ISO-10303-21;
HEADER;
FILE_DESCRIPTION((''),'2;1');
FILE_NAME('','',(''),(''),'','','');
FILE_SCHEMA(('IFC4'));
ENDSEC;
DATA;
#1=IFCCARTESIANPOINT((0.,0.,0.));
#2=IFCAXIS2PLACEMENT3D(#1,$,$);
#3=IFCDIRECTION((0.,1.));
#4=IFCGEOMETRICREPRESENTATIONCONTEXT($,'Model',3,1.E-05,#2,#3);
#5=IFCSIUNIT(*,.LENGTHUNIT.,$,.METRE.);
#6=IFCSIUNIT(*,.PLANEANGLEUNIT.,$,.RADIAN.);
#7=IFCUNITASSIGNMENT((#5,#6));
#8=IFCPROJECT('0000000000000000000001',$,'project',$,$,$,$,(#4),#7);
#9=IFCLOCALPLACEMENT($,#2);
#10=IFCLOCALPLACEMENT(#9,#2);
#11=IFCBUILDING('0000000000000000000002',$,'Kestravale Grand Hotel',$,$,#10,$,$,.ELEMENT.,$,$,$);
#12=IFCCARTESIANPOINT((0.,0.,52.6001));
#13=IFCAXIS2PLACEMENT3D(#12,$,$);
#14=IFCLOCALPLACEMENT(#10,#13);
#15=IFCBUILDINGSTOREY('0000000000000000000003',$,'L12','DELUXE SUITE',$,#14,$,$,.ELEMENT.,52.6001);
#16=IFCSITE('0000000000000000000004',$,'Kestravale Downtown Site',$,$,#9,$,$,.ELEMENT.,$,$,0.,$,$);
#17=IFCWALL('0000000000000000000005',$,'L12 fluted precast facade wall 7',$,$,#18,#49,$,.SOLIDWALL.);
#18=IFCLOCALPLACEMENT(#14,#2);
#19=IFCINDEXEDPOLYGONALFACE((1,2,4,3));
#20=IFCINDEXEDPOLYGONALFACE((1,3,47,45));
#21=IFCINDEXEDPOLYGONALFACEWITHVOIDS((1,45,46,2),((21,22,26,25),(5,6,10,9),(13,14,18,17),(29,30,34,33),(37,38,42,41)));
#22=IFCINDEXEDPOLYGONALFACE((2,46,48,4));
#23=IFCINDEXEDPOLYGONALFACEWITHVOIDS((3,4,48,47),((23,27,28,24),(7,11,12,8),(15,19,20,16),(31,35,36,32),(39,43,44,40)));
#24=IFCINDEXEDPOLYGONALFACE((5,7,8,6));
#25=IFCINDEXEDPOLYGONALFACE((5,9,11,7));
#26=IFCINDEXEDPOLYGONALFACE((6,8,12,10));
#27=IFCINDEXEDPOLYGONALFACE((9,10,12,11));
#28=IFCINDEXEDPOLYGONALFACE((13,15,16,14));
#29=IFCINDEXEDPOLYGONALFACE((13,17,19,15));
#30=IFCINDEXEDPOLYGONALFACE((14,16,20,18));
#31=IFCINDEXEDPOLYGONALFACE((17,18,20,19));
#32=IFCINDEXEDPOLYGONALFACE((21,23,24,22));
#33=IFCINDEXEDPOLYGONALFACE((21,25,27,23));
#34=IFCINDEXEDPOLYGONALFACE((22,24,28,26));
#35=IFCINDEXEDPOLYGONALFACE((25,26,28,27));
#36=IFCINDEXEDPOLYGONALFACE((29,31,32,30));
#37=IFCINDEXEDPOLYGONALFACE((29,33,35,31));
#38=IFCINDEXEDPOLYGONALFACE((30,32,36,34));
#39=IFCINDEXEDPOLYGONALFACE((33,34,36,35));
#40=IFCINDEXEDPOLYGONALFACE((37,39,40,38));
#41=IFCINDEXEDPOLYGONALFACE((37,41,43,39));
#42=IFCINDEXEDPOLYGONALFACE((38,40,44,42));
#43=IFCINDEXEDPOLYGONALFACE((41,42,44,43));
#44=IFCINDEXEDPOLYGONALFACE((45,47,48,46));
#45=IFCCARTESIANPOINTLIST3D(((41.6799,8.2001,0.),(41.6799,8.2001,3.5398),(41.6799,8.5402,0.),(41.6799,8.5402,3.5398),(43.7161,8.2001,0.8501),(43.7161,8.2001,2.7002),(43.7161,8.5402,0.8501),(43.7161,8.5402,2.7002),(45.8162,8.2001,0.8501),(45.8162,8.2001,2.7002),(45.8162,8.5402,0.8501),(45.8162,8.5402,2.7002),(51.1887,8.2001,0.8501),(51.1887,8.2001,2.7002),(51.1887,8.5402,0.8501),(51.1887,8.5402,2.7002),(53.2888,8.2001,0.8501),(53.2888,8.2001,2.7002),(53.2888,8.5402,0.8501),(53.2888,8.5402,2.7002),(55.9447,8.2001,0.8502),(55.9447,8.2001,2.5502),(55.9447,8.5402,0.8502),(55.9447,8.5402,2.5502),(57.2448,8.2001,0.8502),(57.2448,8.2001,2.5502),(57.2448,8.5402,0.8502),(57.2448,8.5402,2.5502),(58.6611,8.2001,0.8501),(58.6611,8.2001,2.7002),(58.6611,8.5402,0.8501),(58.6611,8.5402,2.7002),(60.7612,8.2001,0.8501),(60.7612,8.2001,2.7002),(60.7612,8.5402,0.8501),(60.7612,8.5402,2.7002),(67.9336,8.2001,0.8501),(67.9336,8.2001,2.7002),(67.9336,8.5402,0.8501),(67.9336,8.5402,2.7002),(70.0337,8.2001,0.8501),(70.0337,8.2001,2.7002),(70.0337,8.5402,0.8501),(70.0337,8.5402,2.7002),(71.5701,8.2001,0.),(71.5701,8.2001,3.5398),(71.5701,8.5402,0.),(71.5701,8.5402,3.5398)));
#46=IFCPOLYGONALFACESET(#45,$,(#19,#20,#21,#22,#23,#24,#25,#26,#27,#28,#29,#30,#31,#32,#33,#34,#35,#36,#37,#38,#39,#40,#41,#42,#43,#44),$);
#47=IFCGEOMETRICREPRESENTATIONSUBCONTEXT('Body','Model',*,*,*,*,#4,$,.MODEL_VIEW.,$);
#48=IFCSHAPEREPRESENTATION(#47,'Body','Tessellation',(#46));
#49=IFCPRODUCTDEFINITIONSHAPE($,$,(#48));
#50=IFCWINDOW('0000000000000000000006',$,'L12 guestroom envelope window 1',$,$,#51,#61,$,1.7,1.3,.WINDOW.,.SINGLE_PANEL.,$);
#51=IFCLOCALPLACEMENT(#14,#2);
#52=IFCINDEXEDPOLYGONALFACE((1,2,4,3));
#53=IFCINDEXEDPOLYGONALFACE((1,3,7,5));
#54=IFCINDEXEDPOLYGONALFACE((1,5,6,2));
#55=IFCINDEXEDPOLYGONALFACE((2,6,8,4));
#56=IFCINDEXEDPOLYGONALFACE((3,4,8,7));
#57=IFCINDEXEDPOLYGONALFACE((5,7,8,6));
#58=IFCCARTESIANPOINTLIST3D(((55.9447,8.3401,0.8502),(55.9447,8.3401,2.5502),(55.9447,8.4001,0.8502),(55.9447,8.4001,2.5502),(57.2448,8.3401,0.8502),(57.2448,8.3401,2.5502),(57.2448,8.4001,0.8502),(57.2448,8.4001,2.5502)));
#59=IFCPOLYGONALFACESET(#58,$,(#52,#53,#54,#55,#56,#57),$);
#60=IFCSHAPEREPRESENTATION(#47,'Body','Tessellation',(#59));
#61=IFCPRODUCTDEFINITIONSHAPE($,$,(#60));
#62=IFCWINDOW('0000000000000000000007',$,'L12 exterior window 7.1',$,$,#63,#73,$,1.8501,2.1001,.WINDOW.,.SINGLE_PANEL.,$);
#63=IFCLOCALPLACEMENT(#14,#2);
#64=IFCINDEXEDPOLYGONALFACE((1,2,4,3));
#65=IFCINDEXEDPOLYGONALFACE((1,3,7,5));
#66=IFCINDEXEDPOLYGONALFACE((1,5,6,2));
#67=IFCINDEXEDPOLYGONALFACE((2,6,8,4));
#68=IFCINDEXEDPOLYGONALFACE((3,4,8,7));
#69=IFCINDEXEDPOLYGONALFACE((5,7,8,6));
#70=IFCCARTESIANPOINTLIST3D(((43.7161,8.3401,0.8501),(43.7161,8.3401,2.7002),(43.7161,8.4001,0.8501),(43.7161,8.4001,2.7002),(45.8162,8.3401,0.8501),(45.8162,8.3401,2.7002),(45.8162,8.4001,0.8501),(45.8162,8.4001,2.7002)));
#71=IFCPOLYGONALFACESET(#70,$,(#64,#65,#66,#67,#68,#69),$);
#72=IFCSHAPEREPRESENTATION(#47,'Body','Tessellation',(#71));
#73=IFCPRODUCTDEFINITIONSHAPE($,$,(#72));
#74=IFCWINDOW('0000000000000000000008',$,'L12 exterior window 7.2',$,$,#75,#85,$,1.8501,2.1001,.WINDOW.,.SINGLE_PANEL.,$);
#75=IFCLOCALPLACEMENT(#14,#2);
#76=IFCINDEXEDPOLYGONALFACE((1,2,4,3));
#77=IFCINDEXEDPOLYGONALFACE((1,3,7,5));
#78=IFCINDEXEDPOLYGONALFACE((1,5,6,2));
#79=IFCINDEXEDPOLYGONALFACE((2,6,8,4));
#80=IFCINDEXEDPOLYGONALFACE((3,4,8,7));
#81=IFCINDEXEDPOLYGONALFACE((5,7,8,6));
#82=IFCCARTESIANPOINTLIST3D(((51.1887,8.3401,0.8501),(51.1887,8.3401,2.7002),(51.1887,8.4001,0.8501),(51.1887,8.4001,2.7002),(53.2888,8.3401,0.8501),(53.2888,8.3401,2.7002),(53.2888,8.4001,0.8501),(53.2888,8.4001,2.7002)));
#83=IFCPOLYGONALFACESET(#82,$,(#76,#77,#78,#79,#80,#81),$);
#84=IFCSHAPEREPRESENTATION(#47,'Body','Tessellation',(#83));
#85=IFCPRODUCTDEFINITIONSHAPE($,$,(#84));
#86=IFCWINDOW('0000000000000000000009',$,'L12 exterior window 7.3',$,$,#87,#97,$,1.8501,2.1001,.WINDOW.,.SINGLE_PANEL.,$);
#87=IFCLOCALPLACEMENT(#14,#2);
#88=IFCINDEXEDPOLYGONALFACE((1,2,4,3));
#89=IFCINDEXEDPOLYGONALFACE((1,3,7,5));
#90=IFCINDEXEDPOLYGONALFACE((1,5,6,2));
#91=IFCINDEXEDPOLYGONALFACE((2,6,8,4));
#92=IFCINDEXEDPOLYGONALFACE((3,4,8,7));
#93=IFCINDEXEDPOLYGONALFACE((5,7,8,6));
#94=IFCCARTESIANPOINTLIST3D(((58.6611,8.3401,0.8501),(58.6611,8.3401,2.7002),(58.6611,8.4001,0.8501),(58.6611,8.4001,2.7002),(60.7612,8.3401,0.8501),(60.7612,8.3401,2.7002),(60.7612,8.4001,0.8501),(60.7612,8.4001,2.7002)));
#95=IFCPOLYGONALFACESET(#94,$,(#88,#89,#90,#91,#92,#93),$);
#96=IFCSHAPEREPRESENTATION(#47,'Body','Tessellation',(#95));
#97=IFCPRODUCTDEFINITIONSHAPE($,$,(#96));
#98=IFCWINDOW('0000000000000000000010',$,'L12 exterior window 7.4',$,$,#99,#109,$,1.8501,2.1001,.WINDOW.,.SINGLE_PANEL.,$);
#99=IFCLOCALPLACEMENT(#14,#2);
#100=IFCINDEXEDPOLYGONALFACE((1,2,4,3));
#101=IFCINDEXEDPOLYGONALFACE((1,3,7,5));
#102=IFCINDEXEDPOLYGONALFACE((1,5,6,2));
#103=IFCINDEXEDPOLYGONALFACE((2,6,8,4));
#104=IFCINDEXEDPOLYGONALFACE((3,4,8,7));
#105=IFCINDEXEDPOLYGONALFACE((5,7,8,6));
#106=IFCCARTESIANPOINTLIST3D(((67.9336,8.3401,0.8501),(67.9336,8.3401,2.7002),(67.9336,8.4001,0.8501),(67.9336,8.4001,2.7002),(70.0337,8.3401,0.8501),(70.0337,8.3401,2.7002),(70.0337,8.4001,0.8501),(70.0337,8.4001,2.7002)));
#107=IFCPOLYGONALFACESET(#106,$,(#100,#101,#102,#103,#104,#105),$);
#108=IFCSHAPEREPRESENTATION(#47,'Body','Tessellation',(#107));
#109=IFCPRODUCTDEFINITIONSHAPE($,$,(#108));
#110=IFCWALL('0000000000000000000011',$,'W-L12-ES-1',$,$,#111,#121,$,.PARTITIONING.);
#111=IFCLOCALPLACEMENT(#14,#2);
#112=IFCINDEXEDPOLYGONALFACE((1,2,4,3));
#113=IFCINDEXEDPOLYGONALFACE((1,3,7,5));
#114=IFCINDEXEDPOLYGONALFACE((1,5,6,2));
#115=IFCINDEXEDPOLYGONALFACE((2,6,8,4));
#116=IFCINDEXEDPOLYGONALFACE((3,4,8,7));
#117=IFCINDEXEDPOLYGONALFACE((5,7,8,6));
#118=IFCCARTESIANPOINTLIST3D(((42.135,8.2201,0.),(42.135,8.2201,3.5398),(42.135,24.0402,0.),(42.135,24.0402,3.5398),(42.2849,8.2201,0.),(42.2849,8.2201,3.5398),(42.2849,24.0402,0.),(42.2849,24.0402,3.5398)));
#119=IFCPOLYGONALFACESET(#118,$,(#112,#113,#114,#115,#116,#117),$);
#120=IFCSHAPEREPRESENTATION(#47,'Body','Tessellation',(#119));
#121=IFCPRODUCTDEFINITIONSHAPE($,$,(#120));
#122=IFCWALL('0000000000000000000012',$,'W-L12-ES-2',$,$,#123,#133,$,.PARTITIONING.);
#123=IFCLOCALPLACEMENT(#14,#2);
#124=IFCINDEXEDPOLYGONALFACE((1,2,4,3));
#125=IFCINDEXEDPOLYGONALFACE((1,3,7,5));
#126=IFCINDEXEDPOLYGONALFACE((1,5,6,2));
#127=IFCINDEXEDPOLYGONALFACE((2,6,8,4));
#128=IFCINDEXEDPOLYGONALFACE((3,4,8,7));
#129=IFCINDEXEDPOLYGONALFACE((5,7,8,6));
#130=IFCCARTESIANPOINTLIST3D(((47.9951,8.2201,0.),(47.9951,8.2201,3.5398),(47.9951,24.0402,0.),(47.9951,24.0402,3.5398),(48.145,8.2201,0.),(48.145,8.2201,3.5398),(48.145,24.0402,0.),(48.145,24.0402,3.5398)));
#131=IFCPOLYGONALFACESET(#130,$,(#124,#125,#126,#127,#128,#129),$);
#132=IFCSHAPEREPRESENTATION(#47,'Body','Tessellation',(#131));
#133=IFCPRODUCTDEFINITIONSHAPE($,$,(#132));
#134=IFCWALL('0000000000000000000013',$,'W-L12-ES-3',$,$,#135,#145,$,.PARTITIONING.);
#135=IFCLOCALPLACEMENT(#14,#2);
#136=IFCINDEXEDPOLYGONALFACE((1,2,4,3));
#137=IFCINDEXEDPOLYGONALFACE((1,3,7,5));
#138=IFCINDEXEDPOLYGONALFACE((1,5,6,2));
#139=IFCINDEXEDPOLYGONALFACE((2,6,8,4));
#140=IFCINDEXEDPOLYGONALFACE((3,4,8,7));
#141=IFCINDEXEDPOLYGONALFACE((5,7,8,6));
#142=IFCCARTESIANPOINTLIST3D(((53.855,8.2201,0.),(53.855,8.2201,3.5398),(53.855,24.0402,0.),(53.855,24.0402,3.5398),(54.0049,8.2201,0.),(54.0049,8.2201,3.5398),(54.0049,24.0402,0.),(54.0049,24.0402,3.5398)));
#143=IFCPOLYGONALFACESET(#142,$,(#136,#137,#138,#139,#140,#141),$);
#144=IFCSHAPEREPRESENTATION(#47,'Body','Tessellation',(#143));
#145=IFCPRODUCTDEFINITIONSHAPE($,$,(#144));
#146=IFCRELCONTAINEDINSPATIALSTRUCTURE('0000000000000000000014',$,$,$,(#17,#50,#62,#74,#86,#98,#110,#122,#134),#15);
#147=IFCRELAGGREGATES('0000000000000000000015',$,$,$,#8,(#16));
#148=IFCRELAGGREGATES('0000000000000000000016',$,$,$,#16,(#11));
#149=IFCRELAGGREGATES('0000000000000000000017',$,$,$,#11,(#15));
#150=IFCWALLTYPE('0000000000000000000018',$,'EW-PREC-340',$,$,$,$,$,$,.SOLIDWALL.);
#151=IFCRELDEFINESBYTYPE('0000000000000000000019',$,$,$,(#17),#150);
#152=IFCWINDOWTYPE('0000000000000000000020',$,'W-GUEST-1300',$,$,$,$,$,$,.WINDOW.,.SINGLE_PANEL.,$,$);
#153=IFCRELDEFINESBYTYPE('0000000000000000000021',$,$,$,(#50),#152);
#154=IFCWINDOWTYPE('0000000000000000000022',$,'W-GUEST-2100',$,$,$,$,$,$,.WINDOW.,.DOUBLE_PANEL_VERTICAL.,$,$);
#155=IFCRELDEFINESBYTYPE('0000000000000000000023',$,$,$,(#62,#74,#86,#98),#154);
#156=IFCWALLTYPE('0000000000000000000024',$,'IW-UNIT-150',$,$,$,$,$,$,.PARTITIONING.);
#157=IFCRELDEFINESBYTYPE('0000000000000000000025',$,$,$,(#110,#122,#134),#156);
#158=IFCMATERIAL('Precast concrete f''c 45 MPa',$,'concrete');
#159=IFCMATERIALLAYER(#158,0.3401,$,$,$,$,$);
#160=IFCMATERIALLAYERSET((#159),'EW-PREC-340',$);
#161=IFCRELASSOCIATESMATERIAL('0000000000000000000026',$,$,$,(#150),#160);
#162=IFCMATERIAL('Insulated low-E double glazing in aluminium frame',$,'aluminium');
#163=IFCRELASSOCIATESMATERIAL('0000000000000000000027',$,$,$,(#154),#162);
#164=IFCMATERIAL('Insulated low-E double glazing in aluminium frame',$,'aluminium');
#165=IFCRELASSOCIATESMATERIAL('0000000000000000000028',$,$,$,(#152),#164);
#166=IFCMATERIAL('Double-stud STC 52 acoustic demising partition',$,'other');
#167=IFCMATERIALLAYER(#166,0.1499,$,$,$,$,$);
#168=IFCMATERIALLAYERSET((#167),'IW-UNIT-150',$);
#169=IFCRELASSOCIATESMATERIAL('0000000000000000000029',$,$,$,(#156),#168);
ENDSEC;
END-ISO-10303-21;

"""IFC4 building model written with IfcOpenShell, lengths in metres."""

from ifc_helpers import new_model, si_unit, direction, frame, frame_2d, origin, place, context, subcontext, project, spatial, rectangle, extrude, material, layer, layer_set, type_object, element, fill, save


model = new_model("IFC4")

# Units and contexts
model_context = context("Model", 3, precision=1e-05, world=origin(), true_north=direction((0.0, 1.0)))
body_context = subcontext(model_context, "Body", "Model", "MODEL_VIEW")
ifc_project = project(units=[si_unit("LENGTHUNIT", "METRE"), si_unit("PLANEANGLEUNIT", "RADIAN")], contexts=[model_context])

# Site, building, storey
site_placement = place(None, origin())
site = spatial("IfcSite", under=ifc_project, at=site_placement, Name="Kestravale Downtown Site", CompositionType="ELEMENT", RefElevation=0.0)
building_placement = place(site_placement, origin())
building = spatial("IfcBuilding", under=site, at=building_placement, Name="Kestravale Grand Hotel", CompositionType="ELEMENT")
storey_placement = place(building_placement, frame((0.0, 0.0, 52.6001)))
storey = spatial("IfcBuildingStorey", under=building, at=storey_placement, Name="L12", Description="DELUXE SUITE", CompositionType="ELEMENT", Elevation=52.6001)

# Shared definitions
ifc_material_1 = material(Name="Precast concrete f'c 45 MPa", Category="concrete")
ifc_layer_1 = layer(ifc_material_1, 0.3401)
ifc_layer_set_1 = layer_set([ifc_layer_1], Name="EW-PREC-340")
wall_type_1 = type_object("IfcWallType", Name="EW-PREC-340", PredefinedType="SOLIDWALL", material=ifc_layer_set_1)

# Shared definitions
ifc_material_2 = material(Name="Insulated low-E double glazing in aluminium frame", Category="aluminium")
window_type_1 = type_object("IfcWindowType", Name="W-GUEST-2100", PartitioningType="DOUBLE_PANEL_VERTICAL", PredefinedType="WINDOW", material=ifc_material_2)

# Wall, openings, windows
wall_1_placement = place(storey_placement, frame((41.6799, 8.3701, 0.0), z_axis=(0.0, 0.0, 1.0), x_axis=(1.0, 0.0, 0.0)))
wall_1 = element("IfcWall", 1, at=wall_1_placement, inside=storey, type_object=wall_type_1, Name="L12 fluted precast facade wall 7", PredefinedType="SOLIDWALL", context=body_context, shape_type="SweptSolid", body=[
    extrude(rectangle(XDim=29.8901, YDim=0.3401, at=frame_2d((14.9451, 0.0))), origin(), (0.0, 0.0, 1.0), 3.5398),
])
opening_1_placement = place(wall_1_placement, frame((2.0361, 0.0, 0.8501)))
opening_1 = element("IfcOpeningElement", 2, at=opening_1_placement, cuts=wall_1, PredefinedType="OPENING", context=body_context, shape_type="SweptSolid", body=[
    extrude(rectangle(XDim=2.1001, YDim=1.8501, at=frame_2d((1.05, 0.925))), frame((0.0, 0.1799, 0.0), z_axis=(0.0, -1.0, 0.0), x_axis=(1.0, 0.0, 0.0)), (0.0, 0.0, 1.0), 0.3601),
])
opening_2_placement = place(wall_1_placement, frame((9.5088, 0.0, 0.8501)))
opening_2 = element("IfcOpeningElement", 3, at=opening_2_placement, cuts=wall_1, PredefinedType="OPENING", context=body_context, shape_type="SweptSolid", body=[
    extrude(rectangle(XDim=2.1001, YDim=1.8501, at=frame_2d((1.05, 0.925))), frame((0.0, 0.1799, 0.0), z_axis=(0.0, -1.0, 0.0), x_axis=(1.0, 0.0, 0.0)), (0.0, 0.0, 1.0), 0.3601),
])
opening_3_placement = place(wall_1_placement, frame((16.9812, 0.0, 0.8501)))
opening_3 = element("IfcOpeningElement", 4, at=opening_3_placement, cuts=wall_1, PredefinedType="OPENING", context=body_context, shape_type="SweptSolid", body=[
    extrude(rectangle(XDim=2.1001, YDim=1.8501, at=frame_2d((1.05, 0.925))), frame((0.0, 0.1799, 0.0), z_axis=(0.0, -1.0, 0.0), x_axis=(1.0, 0.0, 0.0)), (0.0, 0.0, 1.0), 0.3601),
])
opening_4_placement = place(wall_1_placement, frame((26.2537, 0.0, 0.8501)))
opening_4 = element("IfcOpeningElement", 5, at=opening_4_placement, cuts=wall_1, PredefinedType="OPENING", context=body_context, shape_type="SweptSolid", body=[
    extrude(rectangle(XDim=2.1001, YDim=1.8501, at=frame_2d((1.05, 0.925))), frame((0.0, 0.1799, 0.0), z_axis=(0.0, -1.0, 0.0), x_axis=(1.0, 0.0, 0.0)), (0.0, 0.0, 1.0), 0.3601),
])
opening_5_placement = place(wall_1_placement, frame((14.2649, 0.0, 0.8501)))
opening_5 = element("IfcOpeningElement", 6, at=opening_5_placement, cuts=wall_1, PredefinedType="OPENING", context=body_context, shape_type="SweptSolid", body=[
    extrude(rectangle(XDim=1.3, YDim=1.7, at=frame_2d((0.6499, 0.8501))), frame((0.0, 0.1799, 0.0), z_axis=(0.0, -1.0, 0.0), x_axis=(1.0, 0.0, 0.0)), (0.0, 0.0, 1.0), 0.3601),
])
ifc_material_3 = material(Name="Insulated low-E double glazing in aluminium frame", Category="aluminium")
window_type_2 = type_object("IfcWindowType", Name="W-GUEST-1300", PartitioningType="SINGLE_PANEL", PredefinedType="WINDOW", material=ifc_material_3)
window_1_placement = place(opening_5_placement, origin())
window_1 = element("IfcWindow", 7, at=window_1_placement, inside=storey, type_object=window_type_2, Name="L12 guestroom envelope window 1", OverallHeight=1.7, OverallWidth=1.3, PartitioningType="SINGLE_PANEL", PredefinedType="WINDOW", context=body_context, shape_type="SweptSolid", body=[
    extrude(rectangle(XDim=1.3, YDim=1.7, at=frame_2d((0.6499, 0.8501))), frame((0.0, 0.03, 0.0), z_axis=(0.0, -1.0, 0.0), x_axis=(1.0, 0.0, 0.0)), (0.0, 0.0, 1.0), 0.0601),
])
fill(opening_5, window_1)
window_2_placement = place(opening_1_placement, origin())
window_2 = element("IfcWindow", 8, at=window_2_placement, inside=storey, type_object=window_type_1, Name="L12 exterior window 7.1", OverallHeight=1.8501, OverallWidth=2.1001, PartitioningType="SINGLE_PANEL", PredefinedType="WINDOW", context=body_context, shape_type="SweptSolid", body=[
    extrude(rectangle(XDim=2.1001, YDim=1.8501, at=frame_2d((1.05, 0.925))), frame((0.0, 0.03, 0.0), z_axis=(0.0, -1.0, 0.0), x_axis=(1.0, 0.0, 0.0)), (0.0, 0.0, 1.0), 0.0601),
])
fill(opening_1, window_2)
window_3_placement = place(opening_2_placement, origin())
window_3 = element("IfcWindow", 9, at=window_3_placement, inside=storey, type_object=window_type_1, Name="L12 exterior window 7.2", OverallHeight=1.8501, OverallWidth=2.1001, PartitioningType="SINGLE_PANEL", PredefinedType="WINDOW", context=body_context, shape_type="SweptSolid", body=[
    extrude(rectangle(XDim=2.1001, YDim=1.8501, at=frame_2d((1.05, 0.925))), frame((0.0, 0.03, 0.0), z_axis=(0.0, -1.0, 0.0), x_axis=(1.0, 0.0, 0.0)), (0.0, 0.0, 1.0), 0.0601),
])
fill(opening_2, window_3)
window_4_placement = place(opening_3_placement, origin())
window_4 = element("IfcWindow", 10, at=window_4_placement, inside=storey, type_object=window_type_1, Name="L12 exterior window 7.3", OverallHeight=1.8501, OverallWidth=2.1001, PartitioningType="SINGLE_PANEL", PredefinedType="WINDOW", context=body_context, shape_type="SweptSolid", body=[
    extrude(rectangle(XDim=2.1001, YDim=1.8501, at=frame_2d((1.05, 0.925))), frame((0.0, 0.03, 0.0), z_axis=(0.0, -1.0, 0.0), x_axis=(1.0, 0.0, 0.0)), (0.0, 0.0, 1.0), 0.0601),
])
fill(opening_3, window_4)
window_5_placement = place(opening_4_placement, origin())
window_5 = element("IfcWindow", 11, at=window_5_placement, inside=storey, type_object=window_type_1, Name="L12 exterior window 7.4", OverallHeight=1.8501, OverallWidth=2.1001, PartitioningType="SINGLE_PANEL", PredefinedType="WINDOW", context=body_context, shape_type="SweptSolid", body=[
    extrude(rectangle(XDim=2.1001, YDim=1.8501, at=frame_2d((1.05, 0.925))), frame((0.0, 0.03, 0.0), z_axis=(0.0, -1.0, 0.0), x_axis=(1.0, 0.0, 0.0)), (0.0, 0.0, 1.0), 0.0601),
])
fill(opening_4, window_5)

# Walls
ifc_material_4 = material(Name="Double-stud STC 52 acoustic demising partition", Category="other")
ifc_layer_2 = layer(ifc_material_4, 0.1499)
ifc_layer_set_2 = layer_set([ifc_layer_2], Name="IW-UNIT-150")
wall_type_2 = type_object("IfcWallType", Name="IW-UNIT-150", PredefinedType="PARTITIONING", material=ifc_layer_set_2)
for number, where, z_axis, x_axis, name in (
    (12, (42.21, 8.22, 0.0), (0.0, 0.0, 1.0), (0.0, 1.0, 0.0), "W-L12-ES-1"),
    (13, (48.0701, 8.22, 0.0), (0.0, 0.0, 1.0), (0.0, 1.0, 0.0), "W-L12-ES-2"),
    (14, (53.9299, 8.22, 0.0), (0.0, 0.0, 1.0), (0.0, 1.0, 0.0), "W-L12-ES-3"),
):
    element("IfcWall", number, at=place(storey_placement, frame(where, z_axis=z_axis, x_axis=x_axis)), inside=storey, type_object=wall_type_2, Name=name, PredefinedType="PARTITIONING", context=body_context, shape_type="SweptSolid", body=[
        extrude(rectangle(XDim=15.8201, YDim=0.1499, at=frame_2d((7.9102, 0.0))), origin(), (0.0, 0.0, 1.0), 3.5398),
    ])

save(model, "model.ifc")
